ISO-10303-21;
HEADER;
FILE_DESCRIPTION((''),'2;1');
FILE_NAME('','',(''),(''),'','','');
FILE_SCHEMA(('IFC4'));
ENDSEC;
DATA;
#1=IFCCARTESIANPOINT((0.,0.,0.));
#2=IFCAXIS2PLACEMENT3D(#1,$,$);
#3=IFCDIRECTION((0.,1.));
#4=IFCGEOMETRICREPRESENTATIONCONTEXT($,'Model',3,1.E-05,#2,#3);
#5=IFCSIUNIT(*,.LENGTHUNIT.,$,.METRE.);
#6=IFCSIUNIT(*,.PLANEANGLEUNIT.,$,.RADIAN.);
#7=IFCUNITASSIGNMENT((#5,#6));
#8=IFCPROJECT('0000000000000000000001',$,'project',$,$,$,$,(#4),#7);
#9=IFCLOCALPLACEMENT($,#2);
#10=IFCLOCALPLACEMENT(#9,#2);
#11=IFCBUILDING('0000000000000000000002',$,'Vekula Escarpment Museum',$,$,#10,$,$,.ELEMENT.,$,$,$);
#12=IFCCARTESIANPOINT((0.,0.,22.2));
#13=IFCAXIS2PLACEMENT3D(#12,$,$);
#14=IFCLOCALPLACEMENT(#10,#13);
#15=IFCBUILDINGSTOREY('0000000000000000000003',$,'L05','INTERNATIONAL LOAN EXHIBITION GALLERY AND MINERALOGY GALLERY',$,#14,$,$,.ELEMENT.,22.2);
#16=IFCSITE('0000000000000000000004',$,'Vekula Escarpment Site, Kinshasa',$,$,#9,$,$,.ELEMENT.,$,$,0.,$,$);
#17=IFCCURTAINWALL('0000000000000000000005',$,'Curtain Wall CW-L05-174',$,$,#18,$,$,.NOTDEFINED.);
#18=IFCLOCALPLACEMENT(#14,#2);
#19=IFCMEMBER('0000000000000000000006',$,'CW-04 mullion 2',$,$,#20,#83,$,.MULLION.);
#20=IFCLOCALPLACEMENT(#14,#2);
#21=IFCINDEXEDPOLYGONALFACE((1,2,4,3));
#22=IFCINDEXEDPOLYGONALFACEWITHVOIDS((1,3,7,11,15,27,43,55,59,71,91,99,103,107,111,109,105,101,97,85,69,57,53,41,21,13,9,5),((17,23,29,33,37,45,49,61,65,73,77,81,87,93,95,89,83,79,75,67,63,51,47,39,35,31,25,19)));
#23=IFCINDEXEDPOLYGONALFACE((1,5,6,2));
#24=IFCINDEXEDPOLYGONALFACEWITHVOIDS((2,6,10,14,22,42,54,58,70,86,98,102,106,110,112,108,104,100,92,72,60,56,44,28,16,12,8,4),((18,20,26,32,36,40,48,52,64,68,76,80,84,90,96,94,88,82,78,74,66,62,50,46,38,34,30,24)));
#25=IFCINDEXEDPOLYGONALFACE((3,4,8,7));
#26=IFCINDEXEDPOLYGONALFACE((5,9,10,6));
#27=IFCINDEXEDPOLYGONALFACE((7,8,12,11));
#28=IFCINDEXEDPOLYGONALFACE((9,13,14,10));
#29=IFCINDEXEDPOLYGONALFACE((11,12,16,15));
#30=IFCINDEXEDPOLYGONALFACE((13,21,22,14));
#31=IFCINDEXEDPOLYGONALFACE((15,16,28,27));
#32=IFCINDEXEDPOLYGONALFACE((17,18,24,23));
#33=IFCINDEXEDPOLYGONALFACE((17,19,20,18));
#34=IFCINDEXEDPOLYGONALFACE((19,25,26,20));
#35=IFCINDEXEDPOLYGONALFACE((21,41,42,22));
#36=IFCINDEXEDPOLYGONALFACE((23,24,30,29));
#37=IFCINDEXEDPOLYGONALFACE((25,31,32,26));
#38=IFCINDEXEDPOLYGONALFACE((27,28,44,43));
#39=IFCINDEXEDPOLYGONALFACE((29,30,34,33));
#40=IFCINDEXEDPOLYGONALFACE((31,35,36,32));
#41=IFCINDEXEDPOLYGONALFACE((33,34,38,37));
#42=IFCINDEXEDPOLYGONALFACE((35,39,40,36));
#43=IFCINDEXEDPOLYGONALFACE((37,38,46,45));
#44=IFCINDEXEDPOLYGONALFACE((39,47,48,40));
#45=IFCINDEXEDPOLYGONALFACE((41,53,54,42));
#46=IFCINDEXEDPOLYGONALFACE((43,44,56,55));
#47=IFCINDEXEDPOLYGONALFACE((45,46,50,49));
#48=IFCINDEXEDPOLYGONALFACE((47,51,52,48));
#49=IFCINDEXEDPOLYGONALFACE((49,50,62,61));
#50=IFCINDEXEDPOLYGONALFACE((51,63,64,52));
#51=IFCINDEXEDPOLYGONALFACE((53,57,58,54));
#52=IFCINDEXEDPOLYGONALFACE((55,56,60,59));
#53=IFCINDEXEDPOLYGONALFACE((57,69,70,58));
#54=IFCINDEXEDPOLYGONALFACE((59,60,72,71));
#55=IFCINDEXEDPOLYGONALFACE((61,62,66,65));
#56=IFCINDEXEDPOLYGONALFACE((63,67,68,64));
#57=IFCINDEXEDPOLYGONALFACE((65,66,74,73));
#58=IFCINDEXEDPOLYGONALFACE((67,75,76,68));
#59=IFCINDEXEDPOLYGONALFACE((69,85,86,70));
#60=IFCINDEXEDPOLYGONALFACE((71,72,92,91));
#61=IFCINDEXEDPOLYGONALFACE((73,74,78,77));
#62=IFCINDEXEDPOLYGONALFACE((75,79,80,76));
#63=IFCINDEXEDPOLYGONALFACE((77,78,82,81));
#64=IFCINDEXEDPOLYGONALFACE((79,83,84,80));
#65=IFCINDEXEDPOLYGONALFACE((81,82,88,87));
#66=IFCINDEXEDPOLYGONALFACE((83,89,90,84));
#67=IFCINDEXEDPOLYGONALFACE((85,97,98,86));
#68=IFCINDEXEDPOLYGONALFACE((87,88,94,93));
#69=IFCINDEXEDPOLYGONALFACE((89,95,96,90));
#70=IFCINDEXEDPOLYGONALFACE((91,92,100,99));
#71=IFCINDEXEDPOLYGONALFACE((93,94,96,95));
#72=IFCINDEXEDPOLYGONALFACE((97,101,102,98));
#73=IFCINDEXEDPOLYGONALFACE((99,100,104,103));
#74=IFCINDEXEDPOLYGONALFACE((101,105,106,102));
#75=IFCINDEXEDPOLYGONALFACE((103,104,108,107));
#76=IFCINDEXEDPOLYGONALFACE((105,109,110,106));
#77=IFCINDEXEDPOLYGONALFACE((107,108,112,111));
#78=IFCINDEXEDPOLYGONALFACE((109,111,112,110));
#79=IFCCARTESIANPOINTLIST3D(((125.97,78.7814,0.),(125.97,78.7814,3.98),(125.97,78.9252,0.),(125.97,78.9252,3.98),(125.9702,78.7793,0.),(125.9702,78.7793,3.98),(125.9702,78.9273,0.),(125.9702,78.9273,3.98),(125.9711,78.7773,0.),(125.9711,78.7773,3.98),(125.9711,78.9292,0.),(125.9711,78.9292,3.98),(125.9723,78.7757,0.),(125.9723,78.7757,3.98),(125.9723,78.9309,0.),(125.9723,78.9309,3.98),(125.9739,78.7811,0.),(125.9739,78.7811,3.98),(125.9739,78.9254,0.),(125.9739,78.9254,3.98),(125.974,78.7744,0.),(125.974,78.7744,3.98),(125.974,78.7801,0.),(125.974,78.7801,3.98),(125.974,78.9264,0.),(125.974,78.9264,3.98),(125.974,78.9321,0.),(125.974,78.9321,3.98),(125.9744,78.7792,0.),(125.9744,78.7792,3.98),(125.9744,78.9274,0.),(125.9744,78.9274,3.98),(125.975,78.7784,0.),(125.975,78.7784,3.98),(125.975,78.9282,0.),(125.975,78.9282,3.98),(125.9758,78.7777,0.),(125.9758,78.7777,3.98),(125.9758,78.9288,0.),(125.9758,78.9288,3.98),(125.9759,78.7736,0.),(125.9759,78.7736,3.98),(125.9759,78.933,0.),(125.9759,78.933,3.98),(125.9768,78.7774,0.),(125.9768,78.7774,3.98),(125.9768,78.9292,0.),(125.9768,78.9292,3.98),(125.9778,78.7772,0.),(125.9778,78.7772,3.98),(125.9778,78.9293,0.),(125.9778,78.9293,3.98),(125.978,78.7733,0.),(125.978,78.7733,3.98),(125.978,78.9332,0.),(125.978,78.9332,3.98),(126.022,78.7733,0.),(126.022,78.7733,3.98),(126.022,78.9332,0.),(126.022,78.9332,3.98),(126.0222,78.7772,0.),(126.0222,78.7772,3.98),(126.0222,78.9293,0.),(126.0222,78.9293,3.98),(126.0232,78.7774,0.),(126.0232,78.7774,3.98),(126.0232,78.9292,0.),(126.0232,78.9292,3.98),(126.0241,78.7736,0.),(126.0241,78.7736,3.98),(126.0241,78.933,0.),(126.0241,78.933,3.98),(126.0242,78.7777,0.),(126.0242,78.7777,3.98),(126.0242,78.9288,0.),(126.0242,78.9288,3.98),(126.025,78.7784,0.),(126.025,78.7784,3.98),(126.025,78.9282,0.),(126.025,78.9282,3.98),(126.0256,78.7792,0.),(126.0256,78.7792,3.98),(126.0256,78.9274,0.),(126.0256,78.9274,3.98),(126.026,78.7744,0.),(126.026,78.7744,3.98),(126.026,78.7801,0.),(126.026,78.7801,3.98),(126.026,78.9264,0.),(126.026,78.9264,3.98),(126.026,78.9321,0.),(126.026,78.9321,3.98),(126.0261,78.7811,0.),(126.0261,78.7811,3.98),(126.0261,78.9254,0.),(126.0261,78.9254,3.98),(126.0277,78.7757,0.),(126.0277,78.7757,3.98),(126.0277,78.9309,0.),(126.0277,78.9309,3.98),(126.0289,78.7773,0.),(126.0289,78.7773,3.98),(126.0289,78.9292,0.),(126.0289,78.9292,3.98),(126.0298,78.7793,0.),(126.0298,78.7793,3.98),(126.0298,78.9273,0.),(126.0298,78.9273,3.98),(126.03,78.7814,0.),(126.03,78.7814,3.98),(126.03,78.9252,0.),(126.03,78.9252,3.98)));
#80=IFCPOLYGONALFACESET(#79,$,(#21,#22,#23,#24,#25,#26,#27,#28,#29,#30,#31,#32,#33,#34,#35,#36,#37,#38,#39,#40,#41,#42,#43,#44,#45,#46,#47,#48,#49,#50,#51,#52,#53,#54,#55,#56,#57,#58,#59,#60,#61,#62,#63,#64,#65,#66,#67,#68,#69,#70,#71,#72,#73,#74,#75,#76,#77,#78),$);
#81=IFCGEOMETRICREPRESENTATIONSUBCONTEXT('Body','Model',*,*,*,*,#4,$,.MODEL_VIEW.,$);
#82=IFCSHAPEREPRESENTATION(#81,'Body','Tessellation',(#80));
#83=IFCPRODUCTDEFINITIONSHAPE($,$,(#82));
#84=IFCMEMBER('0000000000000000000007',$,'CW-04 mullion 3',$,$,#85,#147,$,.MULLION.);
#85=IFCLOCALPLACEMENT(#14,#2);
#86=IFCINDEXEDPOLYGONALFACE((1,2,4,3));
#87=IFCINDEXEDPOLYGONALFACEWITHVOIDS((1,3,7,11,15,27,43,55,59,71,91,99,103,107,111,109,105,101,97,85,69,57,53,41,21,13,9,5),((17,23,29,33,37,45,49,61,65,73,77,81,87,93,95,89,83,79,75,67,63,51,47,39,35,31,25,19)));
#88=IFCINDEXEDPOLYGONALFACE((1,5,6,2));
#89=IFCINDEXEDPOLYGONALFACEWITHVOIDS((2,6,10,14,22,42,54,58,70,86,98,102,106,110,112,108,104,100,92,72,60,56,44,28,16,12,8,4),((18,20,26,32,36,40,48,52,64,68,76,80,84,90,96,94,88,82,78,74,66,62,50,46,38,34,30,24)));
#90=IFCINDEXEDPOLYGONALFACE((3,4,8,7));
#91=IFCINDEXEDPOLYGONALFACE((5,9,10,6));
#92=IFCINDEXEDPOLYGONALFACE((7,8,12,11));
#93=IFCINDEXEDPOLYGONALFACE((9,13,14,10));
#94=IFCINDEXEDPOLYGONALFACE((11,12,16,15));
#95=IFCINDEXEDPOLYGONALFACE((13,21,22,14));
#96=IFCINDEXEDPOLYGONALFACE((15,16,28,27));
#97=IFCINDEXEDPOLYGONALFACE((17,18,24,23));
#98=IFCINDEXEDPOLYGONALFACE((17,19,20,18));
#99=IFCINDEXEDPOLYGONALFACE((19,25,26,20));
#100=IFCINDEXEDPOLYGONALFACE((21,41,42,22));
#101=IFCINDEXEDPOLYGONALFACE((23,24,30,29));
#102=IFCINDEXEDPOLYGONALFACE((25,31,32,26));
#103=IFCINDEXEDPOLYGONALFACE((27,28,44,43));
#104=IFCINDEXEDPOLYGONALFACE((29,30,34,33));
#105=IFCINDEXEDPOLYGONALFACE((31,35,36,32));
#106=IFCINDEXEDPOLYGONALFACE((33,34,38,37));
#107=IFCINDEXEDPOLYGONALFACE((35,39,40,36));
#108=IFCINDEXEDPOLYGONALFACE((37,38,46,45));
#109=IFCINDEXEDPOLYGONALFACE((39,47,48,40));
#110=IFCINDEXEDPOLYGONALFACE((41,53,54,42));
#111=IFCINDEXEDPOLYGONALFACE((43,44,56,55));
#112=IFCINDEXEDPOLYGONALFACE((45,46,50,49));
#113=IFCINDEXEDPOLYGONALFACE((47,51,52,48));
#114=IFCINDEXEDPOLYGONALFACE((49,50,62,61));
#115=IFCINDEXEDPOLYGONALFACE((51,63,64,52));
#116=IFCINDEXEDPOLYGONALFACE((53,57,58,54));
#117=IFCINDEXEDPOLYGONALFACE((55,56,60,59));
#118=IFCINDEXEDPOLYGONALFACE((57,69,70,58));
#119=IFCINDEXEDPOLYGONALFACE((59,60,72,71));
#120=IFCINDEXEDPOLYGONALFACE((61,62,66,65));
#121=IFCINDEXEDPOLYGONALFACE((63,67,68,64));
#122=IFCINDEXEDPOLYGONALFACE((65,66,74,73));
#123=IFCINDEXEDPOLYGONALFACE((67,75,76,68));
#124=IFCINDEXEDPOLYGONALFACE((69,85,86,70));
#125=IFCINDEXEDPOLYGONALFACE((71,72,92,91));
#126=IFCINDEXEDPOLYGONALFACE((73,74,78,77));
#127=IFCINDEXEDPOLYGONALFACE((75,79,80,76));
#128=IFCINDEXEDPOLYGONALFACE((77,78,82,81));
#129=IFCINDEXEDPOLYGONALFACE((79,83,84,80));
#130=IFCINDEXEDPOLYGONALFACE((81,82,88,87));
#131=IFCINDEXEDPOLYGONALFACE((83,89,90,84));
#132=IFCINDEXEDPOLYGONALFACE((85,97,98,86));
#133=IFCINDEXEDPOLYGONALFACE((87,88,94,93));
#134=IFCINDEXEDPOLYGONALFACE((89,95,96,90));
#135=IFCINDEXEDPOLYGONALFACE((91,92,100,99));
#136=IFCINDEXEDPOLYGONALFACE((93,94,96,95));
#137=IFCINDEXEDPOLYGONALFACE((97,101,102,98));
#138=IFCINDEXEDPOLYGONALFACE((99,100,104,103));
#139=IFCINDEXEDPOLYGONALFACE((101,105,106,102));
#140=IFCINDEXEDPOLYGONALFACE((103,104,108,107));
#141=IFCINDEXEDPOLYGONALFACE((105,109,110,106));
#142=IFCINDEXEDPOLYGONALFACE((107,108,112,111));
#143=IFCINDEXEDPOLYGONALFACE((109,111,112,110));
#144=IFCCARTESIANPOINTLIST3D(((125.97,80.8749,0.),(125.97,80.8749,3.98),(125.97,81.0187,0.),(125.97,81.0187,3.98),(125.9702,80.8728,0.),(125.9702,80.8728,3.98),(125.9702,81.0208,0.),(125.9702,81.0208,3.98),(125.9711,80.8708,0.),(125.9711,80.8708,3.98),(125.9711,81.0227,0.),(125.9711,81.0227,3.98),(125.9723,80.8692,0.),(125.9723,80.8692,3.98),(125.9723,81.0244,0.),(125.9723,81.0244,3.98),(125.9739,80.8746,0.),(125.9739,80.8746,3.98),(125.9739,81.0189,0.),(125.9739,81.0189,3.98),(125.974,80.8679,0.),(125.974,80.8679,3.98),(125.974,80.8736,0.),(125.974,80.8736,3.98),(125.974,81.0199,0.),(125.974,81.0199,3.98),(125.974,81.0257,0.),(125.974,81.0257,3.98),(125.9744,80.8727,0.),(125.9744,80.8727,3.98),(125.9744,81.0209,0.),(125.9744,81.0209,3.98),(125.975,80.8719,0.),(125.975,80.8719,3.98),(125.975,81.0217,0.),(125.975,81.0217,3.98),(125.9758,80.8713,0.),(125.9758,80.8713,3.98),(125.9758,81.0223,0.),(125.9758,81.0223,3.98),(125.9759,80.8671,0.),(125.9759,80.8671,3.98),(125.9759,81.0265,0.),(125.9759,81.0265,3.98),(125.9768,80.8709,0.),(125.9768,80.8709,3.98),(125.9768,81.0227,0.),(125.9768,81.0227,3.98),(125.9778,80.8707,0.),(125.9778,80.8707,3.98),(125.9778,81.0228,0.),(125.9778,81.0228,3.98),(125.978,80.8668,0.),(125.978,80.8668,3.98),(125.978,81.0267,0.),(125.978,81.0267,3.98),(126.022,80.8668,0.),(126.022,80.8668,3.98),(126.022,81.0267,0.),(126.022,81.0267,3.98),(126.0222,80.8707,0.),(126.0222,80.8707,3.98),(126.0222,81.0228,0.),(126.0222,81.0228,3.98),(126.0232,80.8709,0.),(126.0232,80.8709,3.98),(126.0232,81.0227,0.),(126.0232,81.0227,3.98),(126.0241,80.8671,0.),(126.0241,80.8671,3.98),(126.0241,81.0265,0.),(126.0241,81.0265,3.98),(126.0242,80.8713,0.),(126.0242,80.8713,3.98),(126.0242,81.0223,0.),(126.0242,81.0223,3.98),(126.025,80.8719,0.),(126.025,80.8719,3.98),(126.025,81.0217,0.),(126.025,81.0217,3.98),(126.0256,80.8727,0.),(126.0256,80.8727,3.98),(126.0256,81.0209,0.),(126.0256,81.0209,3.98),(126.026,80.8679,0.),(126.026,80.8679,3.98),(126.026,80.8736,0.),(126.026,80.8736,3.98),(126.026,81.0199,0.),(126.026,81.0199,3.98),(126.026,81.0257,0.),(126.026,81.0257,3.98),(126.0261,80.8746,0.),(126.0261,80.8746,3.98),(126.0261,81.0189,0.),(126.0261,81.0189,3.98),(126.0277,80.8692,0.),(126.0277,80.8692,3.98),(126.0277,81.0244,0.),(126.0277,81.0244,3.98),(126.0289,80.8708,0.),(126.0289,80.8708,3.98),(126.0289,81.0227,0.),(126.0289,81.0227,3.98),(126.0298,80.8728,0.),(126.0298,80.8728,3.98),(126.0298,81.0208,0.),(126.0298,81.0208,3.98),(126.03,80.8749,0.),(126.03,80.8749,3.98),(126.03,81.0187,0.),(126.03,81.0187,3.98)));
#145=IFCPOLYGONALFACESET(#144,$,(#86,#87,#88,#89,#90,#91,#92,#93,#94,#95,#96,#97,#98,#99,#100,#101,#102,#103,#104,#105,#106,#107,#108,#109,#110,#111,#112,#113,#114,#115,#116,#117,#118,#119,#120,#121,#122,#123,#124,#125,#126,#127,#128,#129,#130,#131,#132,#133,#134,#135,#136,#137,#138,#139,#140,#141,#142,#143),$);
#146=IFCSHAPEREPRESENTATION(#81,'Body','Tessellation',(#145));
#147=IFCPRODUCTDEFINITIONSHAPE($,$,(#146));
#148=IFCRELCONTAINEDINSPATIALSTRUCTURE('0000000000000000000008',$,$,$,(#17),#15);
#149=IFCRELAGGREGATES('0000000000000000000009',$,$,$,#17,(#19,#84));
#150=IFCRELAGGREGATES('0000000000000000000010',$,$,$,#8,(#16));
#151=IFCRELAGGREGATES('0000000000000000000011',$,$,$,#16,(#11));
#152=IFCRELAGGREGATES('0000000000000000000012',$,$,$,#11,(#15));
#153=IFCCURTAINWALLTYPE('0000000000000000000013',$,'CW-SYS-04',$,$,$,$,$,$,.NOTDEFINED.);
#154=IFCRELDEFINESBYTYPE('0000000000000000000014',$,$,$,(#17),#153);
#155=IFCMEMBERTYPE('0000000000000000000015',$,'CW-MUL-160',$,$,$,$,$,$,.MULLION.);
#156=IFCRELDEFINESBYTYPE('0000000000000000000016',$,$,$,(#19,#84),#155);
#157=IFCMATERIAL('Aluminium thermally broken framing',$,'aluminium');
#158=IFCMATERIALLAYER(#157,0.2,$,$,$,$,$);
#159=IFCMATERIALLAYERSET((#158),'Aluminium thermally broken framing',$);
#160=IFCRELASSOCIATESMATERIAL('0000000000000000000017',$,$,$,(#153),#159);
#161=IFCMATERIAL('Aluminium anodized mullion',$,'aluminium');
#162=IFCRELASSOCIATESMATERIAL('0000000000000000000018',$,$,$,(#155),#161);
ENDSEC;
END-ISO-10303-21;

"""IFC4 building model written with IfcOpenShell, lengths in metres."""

from ifc_helpers import new_model, si_unit, direction, frame, origin, origin_2d, place, context, subcontext, project, spatial, hollow_rectangle, extrude, material, layer, layer_set, material_profile, profile_set, type_object, element, aggregate, save


model = new_model("IFC4")

# Units and contexts
model_context = context("Model", 3, precision=1e-05, world=origin(), true_north=direction((0.0, 1.0)))
body_context = subcontext(model_context, "Body", "Model", "MODEL_VIEW")
ifc_project = project(units=[si_unit("LENGTHUNIT", "METRE"), si_unit("PLANEANGLEUNIT", "RADIAN")], contexts=[model_context])

# Site, building, storey
site_placement = place(None, origin())
site = spatial("IfcSite", under=ifc_project, at=site_placement, Name="Vekula Escarpment Site, Kinshasa", CompositionType="ELEMENT", RefElevation=0.0)
building_placement = place(site_placement, origin())
building = spatial("IfcBuilding", under=site, at=building_placement, Name="Vekula Escarpment Museum", CompositionType="ELEMENT")
storey_placement = place(building_placement, frame((0.0, 0.0, 22.2)))
storey = spatial("IfcBuildingStorey", under=building, at=storey_placement, Name="L05", Description="INTERNATIONAL LOAN EXHIBITION GALLERY AND MINERALOGY GALLERY", CompositionType="ELEMENT", Elevation=22.2)

# Curtain wall, members
ifc_material_1 = material(Name="Aluminium thermally broken framing", Category="aluminium")
ifc_layer_1 = layer(ifc_material_1, 0.2)
ifc_layer_set_1 = layer_set([ifc_layer_1], Name="Aluminium thermally broken framing")
curtain_wall_type_1 = type_object("IfcCurtainWallType", Name="CW-SYS-04", PredefinedType="NOTDEFINED", material=ifc_layer_set_1)
curtain_wall_1_placement = place(storey_placement, origin())
curtain_wall_1 = element("IfcCurtainWall", 1, at=curtain_wall_1_placement, inside=storey, type_object=curtain_wall_type_1, Name="Curtain Wall CW-L05-174", PredefinedType="NOTDEFINED")
ifc_material_2 = material(Name="Aluminium anodized mullion", Category="aluminium")
ifc_material_profile_1 = material_profile(ifc_material_2, hollow_rectangle(XDim=0.0601, YDim=0.1599, WallThickness=0.0039, InnerFilletRadius=0.0039, OuterFilletRadius=0.0081, at=origin_2d()), Name="ALU 160x60x4")
ifc_profile_set_1 = profile_set([ifc_material_profile_1], Name="Aluminium anodized mullion")
member_type_1 = type_object("IfcMemberType", Name="CW-MUL-160", PredefinedType="MULLION", material=ifc_profile_set_1)
member_1_placement = place(storey_placement, frame((126.0, 78.8533, 0.0), z_axis=(0.0, 0.0, 1.0), x_axis=(-1.0, 0.0, 0.0)))
member_1 = element("IfcMember", 2, at=member_1_placement, type_object=member_type_1, Name="CW-04 mullion 2", PredefinedType="MULLION", context=body_context, shape_type="SweptSolid", body=[
    extrude(hollow_rectangle(XDim=0.0601, YDim=0.1599, WallThickness=0.0039, InnerFilletRadius=0.0039, OuterFilletRadius=0.0081, at=origin_2d()), origin(), (0.0, 0.0, 1.0), 3.98),
])
member_2_placement = place(storey_placement, frame((126.0, 80.9468, 0.0), z_axis=(0.0, 0.0, 1.0), x_axis=(-1.0, 0.0, 0.0)))
member_2 = element("IfcMember", 3, at=member_2_placement, type_object=member_type_1, Name="CW-04 mullion 3", PredefinedType="MULLION", context=body_context, shape_type="SweptSolid", body=[
    extrude(hollow_rectangle(XDim=0.0601, YDim=0.1599, WallThickness=0.0039, InnerFilletRadius=0.0039, OuterFilletRadius=0.0081, at=origin_2d()), origin(), (0.0, 0.0, 1.0), 3.98),
])

aggregate(curtain_wall_1, [member_1, member_2])

save(model, "model.ifc")
